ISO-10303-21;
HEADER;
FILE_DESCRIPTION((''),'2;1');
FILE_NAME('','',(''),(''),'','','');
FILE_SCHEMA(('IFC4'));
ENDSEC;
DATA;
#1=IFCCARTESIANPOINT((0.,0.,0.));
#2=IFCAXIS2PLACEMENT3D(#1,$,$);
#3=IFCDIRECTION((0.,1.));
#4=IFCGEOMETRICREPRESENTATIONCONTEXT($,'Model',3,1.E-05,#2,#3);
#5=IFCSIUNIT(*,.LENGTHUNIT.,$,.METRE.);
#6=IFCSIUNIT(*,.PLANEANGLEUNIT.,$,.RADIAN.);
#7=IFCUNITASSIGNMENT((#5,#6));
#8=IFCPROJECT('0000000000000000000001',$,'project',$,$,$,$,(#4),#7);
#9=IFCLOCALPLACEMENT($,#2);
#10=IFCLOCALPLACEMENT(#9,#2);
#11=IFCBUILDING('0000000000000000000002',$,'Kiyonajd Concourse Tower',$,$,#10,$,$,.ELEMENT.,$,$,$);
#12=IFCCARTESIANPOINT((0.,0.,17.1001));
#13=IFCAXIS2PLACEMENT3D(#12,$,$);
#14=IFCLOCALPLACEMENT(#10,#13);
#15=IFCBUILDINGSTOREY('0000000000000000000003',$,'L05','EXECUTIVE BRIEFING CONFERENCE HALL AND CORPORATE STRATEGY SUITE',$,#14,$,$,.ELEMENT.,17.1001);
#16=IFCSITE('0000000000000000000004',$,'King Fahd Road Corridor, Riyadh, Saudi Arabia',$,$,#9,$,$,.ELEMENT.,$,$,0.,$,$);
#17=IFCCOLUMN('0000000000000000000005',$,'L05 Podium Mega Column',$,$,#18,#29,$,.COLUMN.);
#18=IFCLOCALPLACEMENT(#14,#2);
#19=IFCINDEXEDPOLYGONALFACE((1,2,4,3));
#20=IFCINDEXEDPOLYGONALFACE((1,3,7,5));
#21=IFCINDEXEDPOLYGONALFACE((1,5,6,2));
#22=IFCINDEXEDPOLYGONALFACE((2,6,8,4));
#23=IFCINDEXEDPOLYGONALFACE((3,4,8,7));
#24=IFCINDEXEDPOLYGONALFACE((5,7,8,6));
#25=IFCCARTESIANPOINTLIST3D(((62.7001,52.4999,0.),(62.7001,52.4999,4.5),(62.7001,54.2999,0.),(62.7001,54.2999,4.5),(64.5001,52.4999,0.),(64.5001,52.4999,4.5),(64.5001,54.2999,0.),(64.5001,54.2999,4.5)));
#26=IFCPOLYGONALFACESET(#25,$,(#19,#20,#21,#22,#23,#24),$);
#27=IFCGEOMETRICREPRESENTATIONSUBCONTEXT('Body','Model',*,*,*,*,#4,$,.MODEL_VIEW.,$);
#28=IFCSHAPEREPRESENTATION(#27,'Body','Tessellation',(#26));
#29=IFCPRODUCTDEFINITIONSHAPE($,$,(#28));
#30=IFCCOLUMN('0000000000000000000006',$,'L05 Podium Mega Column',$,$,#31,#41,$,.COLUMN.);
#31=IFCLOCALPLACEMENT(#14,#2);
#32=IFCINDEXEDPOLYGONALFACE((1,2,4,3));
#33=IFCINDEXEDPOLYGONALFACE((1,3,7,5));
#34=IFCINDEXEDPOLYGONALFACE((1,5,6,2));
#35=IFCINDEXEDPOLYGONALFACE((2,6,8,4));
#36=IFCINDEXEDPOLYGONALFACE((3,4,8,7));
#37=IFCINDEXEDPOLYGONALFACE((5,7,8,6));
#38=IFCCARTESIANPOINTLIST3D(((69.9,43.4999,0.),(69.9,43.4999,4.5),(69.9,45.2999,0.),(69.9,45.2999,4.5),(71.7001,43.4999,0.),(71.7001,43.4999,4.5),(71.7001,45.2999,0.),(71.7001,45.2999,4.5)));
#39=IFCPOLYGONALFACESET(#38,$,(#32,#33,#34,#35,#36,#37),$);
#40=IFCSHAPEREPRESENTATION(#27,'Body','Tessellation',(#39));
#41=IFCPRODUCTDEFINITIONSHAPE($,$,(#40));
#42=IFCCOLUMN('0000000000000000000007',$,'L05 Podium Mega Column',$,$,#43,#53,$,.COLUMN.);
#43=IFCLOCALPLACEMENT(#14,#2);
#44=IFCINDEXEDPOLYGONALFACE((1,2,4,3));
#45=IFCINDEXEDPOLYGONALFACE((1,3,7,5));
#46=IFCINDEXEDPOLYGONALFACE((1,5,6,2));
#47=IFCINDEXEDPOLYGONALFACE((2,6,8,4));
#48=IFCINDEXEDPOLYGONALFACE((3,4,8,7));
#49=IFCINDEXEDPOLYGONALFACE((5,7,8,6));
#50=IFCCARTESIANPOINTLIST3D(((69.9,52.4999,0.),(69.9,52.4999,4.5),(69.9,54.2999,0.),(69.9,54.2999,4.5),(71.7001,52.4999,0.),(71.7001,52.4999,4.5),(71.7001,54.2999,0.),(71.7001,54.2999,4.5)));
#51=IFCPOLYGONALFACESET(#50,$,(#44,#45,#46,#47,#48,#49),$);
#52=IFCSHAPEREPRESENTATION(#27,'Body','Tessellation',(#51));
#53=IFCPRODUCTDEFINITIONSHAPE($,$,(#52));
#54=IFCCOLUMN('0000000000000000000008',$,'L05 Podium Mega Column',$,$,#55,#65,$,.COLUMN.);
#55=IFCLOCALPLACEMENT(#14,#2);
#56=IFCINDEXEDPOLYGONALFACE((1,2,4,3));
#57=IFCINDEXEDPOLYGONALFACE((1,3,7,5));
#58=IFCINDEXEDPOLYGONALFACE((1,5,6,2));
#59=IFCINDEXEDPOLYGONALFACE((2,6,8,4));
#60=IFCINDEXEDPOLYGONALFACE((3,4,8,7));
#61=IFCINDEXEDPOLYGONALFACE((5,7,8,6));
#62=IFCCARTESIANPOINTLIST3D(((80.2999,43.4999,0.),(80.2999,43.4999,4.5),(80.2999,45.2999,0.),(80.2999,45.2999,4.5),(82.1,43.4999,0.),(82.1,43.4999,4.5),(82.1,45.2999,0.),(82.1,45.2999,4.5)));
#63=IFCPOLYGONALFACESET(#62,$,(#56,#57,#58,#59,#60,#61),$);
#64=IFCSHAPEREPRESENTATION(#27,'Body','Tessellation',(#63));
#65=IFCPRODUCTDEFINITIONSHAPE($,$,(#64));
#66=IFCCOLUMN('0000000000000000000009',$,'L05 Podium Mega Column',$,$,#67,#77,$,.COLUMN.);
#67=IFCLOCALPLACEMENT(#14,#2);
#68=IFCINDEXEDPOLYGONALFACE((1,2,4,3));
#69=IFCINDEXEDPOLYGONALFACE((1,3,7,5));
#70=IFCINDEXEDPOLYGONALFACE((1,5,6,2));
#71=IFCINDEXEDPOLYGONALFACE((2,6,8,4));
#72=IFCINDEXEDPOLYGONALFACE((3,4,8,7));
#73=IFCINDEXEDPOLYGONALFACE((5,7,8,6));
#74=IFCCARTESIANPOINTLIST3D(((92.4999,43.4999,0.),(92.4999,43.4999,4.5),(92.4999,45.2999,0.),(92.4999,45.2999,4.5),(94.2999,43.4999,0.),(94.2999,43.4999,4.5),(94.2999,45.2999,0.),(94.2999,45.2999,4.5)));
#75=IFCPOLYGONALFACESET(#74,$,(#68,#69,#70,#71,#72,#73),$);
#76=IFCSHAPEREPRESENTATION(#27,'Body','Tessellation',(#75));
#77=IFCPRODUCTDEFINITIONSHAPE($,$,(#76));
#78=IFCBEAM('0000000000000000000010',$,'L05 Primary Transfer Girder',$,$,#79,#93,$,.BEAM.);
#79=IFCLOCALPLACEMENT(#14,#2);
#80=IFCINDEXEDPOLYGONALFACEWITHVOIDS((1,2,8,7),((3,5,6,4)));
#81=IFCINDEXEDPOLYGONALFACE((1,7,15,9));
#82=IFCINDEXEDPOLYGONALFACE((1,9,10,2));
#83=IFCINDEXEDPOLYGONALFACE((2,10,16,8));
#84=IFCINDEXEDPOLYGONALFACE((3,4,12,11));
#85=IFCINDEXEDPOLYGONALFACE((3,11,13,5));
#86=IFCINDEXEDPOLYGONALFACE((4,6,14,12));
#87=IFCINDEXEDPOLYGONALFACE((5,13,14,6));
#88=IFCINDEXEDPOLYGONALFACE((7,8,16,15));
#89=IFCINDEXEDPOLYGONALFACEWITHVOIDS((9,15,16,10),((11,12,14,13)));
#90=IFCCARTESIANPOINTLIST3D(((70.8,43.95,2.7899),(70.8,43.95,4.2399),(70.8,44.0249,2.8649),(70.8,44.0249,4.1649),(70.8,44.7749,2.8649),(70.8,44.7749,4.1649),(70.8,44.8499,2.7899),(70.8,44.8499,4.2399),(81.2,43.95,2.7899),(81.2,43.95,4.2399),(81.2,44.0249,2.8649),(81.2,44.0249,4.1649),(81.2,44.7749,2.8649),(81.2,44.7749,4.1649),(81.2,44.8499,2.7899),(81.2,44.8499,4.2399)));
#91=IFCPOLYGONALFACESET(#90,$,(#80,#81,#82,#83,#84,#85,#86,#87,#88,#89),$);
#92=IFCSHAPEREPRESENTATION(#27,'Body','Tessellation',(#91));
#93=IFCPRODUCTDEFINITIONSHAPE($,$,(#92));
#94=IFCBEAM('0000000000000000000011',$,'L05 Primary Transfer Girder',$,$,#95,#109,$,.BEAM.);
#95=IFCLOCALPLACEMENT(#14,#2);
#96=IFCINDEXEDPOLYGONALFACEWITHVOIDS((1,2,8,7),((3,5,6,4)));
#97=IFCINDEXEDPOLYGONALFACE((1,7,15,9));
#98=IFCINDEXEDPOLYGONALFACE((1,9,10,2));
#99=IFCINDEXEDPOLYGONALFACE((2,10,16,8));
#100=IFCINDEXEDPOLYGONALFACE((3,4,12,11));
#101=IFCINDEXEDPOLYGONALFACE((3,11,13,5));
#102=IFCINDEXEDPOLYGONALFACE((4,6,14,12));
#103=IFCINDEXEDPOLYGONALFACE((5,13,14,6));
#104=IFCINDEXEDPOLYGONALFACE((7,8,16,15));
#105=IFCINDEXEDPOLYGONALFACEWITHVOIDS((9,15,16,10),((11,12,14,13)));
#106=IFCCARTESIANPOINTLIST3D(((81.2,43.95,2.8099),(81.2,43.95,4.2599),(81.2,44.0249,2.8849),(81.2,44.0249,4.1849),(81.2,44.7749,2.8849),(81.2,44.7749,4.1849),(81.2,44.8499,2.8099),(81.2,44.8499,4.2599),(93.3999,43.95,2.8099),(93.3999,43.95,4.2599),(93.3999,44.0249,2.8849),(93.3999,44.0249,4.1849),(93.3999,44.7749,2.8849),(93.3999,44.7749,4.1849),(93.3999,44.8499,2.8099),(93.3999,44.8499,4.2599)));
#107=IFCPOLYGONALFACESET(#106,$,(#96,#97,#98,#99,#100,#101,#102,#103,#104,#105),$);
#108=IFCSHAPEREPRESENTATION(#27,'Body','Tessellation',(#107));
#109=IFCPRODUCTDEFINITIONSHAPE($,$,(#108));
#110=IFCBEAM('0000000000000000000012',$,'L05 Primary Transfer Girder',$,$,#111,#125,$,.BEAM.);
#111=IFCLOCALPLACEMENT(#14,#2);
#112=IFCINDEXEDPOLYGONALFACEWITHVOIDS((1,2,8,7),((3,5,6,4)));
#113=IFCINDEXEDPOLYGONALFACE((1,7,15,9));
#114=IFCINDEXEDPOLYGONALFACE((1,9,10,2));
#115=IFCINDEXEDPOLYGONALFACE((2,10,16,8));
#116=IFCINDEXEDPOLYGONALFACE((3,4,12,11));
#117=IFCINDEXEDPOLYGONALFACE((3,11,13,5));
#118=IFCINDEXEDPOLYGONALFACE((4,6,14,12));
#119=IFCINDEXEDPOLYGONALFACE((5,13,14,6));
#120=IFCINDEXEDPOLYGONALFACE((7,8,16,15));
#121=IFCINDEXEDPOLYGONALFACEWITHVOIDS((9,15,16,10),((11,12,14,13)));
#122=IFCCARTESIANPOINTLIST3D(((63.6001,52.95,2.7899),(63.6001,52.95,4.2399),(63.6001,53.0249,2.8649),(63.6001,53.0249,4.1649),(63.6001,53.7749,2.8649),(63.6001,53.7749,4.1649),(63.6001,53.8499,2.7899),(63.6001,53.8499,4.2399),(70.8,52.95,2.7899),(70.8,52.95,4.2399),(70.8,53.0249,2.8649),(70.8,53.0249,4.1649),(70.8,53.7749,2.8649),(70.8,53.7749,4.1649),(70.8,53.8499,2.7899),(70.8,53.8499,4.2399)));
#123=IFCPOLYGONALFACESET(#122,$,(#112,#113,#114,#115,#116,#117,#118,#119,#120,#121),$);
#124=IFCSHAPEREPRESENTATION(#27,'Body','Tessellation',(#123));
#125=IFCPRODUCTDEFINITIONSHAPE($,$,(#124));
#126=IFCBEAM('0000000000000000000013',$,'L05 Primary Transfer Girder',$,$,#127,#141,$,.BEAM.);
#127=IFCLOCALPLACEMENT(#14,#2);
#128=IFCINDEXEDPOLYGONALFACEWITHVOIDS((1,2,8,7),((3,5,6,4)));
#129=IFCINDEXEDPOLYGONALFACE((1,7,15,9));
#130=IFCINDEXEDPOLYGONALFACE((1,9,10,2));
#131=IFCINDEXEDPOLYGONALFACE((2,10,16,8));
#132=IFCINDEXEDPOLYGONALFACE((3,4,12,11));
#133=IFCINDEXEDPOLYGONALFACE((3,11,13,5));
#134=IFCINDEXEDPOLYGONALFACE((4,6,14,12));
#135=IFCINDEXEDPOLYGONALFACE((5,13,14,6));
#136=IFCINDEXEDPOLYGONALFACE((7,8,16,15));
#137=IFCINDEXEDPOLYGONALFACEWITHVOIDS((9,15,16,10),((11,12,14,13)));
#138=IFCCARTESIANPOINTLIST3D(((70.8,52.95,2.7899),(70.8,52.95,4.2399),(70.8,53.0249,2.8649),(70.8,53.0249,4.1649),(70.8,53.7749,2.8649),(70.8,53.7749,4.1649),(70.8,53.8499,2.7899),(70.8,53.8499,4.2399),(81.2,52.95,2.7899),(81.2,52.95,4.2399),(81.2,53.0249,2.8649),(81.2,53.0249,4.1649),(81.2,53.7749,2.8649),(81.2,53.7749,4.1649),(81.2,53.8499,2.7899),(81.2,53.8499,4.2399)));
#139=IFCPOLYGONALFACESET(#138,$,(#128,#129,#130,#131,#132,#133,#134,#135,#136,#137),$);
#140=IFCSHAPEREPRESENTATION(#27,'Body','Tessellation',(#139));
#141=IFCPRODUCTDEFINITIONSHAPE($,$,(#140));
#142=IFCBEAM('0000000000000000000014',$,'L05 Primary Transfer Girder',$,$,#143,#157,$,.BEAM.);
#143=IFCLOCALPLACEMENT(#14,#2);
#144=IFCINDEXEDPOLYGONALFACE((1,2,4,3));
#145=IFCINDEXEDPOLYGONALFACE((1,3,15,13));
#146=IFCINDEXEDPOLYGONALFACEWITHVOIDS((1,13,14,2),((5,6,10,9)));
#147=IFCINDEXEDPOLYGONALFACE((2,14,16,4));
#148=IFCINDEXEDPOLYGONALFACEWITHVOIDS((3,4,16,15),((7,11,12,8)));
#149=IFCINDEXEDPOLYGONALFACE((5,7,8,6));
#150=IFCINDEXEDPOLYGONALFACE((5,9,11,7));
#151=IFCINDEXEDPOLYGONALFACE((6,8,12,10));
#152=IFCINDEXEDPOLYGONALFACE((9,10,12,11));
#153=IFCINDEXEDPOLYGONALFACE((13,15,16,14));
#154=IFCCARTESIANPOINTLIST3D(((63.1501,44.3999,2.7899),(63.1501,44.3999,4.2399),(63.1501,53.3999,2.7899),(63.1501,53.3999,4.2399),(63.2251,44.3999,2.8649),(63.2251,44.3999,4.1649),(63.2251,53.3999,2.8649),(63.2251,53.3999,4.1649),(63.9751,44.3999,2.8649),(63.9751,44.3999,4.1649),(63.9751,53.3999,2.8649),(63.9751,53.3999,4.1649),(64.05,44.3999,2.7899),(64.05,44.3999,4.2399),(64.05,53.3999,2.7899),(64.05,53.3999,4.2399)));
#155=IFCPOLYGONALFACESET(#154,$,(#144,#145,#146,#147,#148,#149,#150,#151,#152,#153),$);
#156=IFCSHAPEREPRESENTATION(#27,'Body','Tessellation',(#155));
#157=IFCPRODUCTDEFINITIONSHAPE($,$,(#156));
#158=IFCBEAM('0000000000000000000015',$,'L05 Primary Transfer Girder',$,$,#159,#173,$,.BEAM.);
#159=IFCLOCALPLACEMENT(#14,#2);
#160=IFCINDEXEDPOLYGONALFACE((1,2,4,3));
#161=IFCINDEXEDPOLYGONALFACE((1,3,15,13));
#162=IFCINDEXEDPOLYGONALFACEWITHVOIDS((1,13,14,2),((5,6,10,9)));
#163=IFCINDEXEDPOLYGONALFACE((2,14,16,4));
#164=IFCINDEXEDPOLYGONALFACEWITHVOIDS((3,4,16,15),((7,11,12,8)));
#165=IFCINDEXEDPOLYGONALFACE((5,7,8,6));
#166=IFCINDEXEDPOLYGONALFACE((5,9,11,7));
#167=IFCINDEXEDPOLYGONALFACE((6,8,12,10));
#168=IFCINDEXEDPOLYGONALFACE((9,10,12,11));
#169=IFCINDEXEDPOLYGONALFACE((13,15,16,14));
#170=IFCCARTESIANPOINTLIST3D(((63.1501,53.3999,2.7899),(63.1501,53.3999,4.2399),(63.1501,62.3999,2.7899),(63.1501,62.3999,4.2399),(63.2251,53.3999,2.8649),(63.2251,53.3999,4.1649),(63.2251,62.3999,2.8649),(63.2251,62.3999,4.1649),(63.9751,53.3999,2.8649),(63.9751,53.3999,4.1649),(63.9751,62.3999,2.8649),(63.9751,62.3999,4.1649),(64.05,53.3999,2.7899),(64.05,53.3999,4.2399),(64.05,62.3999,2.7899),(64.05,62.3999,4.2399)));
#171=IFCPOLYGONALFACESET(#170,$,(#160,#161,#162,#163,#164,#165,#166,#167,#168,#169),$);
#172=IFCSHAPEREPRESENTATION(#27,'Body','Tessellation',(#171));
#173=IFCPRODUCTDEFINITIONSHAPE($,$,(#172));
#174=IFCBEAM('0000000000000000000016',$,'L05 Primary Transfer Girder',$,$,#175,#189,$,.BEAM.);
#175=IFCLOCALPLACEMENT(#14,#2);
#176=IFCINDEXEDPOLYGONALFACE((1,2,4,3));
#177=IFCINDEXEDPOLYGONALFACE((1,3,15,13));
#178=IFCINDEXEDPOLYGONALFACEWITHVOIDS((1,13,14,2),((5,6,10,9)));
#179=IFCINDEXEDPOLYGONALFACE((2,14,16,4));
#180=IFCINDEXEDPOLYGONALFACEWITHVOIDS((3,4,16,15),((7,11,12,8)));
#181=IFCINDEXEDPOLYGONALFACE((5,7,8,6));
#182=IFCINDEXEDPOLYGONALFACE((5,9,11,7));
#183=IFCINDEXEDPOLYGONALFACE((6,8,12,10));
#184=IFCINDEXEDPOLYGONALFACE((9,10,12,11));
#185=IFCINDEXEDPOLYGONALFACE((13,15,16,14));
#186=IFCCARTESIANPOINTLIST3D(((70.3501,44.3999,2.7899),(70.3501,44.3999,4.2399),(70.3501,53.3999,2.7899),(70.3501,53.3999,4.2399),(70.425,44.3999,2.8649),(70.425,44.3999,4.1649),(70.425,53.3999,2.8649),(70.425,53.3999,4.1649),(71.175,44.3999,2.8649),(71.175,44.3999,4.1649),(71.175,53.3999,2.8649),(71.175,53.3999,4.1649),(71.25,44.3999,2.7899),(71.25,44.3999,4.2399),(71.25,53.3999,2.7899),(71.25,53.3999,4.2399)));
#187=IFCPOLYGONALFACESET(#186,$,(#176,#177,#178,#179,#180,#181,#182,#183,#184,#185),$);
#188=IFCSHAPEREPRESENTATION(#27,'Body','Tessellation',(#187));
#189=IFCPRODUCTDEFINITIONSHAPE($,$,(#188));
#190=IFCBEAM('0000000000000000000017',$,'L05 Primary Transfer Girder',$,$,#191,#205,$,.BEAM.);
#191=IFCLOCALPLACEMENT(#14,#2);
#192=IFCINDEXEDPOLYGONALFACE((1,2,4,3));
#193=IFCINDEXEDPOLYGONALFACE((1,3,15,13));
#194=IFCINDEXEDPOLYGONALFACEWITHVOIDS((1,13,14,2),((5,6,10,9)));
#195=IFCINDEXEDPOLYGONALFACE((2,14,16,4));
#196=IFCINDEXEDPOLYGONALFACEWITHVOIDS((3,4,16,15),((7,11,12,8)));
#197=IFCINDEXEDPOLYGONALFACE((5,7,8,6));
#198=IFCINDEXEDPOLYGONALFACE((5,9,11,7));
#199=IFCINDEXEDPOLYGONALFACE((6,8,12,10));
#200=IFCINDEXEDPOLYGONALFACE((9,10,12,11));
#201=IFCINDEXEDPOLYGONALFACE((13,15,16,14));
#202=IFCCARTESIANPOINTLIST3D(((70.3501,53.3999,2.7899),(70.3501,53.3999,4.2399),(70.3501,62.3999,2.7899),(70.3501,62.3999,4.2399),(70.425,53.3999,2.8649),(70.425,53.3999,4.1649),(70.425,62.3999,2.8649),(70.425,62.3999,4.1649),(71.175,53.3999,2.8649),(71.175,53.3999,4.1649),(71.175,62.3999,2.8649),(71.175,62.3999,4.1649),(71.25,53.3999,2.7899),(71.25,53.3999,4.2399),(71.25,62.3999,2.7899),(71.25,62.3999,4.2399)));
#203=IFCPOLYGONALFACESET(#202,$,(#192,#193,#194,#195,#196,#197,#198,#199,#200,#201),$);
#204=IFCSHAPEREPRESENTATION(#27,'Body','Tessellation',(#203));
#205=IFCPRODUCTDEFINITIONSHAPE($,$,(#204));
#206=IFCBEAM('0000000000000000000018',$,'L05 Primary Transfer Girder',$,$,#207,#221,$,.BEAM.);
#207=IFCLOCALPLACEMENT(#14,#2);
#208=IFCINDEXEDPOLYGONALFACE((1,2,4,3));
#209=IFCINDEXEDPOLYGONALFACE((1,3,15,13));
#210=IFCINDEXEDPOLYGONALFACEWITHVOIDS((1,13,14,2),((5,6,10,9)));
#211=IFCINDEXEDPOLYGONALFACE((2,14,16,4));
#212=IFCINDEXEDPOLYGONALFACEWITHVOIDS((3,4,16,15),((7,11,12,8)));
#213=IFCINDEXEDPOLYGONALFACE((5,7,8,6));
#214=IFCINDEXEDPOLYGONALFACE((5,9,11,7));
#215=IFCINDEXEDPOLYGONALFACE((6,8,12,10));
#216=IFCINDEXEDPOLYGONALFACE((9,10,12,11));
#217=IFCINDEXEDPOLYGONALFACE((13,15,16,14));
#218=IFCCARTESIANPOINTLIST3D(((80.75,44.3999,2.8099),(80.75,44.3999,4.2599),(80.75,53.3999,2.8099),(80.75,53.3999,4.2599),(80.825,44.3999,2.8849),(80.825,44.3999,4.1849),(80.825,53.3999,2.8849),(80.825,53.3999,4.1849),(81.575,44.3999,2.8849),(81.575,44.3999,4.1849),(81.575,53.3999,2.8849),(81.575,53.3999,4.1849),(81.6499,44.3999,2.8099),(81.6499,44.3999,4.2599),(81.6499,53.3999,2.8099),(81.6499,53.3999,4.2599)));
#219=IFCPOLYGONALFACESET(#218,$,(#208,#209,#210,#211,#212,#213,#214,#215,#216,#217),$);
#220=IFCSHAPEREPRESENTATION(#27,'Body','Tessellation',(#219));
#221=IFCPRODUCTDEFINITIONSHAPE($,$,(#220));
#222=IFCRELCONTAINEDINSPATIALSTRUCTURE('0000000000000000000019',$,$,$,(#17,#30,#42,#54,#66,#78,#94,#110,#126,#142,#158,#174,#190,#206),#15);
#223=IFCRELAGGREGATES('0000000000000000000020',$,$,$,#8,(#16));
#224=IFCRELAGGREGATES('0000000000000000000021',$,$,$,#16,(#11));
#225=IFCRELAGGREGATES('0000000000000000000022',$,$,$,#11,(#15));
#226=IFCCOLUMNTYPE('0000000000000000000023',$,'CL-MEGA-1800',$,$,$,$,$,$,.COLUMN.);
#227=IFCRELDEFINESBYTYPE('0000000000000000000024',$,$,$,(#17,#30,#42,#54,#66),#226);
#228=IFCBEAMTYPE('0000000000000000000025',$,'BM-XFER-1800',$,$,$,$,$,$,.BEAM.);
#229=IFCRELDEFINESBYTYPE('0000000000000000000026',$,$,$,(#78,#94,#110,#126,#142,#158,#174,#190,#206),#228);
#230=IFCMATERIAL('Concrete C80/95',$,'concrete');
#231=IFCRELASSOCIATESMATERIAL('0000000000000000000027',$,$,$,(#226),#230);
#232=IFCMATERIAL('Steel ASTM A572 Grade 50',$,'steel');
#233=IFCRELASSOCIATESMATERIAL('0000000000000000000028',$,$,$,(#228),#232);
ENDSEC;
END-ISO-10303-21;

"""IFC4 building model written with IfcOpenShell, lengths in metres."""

from ifc_helpers import new_model, si_unit, direction, frame, origin, origin_2d, place, context, subcontext, project, spatial, rectangle, hollow_rectangle, extrude, material, material_profile, profile_set, type_object, element, save


model = new_model("IFC4")

# Units and contexts
model_context = context("Model", 3, precision=1e-05, world=origin(), true_north=direction((0.0, 1.0)))
body_context = subcontext(model_context, "Body", "Model", "MODEL_VIEW")
ifc_project = project(units=[si_unit("LENGTHUNIT", "METRE"), si_unit("PLANEANGLEUNIT", "RADIAN")], contexts=[model_context])

# Site, building, storey
site_placement = place(None, origin())
site = spatial("IfcSite", under=ifc_project, at=site_placement, Name="King Fahd Road Corridor, Riyadh, Saudi Arabia", CompositionType="ELEMENT", RefElevation=0.0)
building_placement = place(site_placement, origin())
building = spatial("IfcBuilding", under=site, at=building_placement, Name="Kiyonajd Concourse Tower", CompositionType="ELEMENT")
storey_placement = place(building_placement, frame((0.0, 0.0, 17.1001)))
storey = spatial("IfcBuildingStorey", under=building, at=storey_placement, Name="L05", Description="EXECUTIVE BRIEFING CONFERENCE HALL AND CORPORATE STRATEGY SUITE", CompositionType="ELEMENT", Elevation=17.1001)

# Columns
ifc_material_1 = material(Name="Concrete C80/95", Category="concrete")
ifc_material_profile_1 = material_profile(ifc_material_1, rectangle(XDim=1.8, YDim=1.8, at=origin_2d()), Name="RC-1800x1800")
ifc_profile_set_1 = profile_set([ifc_material_profile_1], Name="Concrete C80/95")
column_type = type_object("IfcColumnType", Name="CL-MEGA-1800", PredefinedType="COLUMN", material=ifc_profile_set_1)
for number, where, z_axis, x_axis, name in (
    (1, (63.6001, 53.3999, 0.0), (0.0, 0.0, 1.0), (1.0, 0.0, 0.0), "L05 Podium Mega Column"),
    (2, (70.8, 44.3999, 0.0), (0.0, 0.0, 1.0), (1.0, 0.0, 0.0), "L05 Podium Mega Column"),
    (3, (70.8, 53.3999, 0.0), (0.0, 0.0, 1.0), (1.0, 0.0, 0.0), "L05 Podium Mega Column"),
    (4, (81.2, 44.3999, 0.0), (0.0, 0.0, 1.0), (1.0, 0.0, 0.0), "L05 Podium Mega Column"),
    (5, (93.3999, 44.3999, 0.0), (0.0, 0.0, 1.0), (1.0, 0.0, 0.0), "L05 Podium Mega Column"),
):
    element("IfcColumn", number, at=place(storey_placement, frame(where, z_axis=z_axis, x_axis=x_axis)), inside=storey, type_object=column_type, Name=name, PredefinedType="COLUMN", context=body_context, shape_type="SweptSolid", body=[
        extrude(rectangle(XDim=1.8, YDim=1.8, at=origin_2d()), origin(), (0.0, 0.0, 1.0), 4.5),
    ])

# Beams
ifc_material_2 = material(Name="Steel ASTM A572 Grade 50", Category="steel")
ifc_material_profile_2 = material_profile(ifc_material_2, hollow_rectangle(XDim=0.8999, YDim=1.45, WallThickness=0.075, at=origin_2d()), Name="BOX-1450x900x75")
ifc_profile_set_2 = profile_set([ifc_material_profile_2], Name="Steel ASTM A572 Grade 50")
beam_type = type_object("IfcBeamType", Name="BM-XFER-1800", PredefinedType="BEAM", material=ifc_profile_set_2)
beam_1_placement = place(storey_placement, frame((70.8, 44.3999, 3.5149), z_axis=(1.0, 0.0, 0.0), x_axis=(0.0, 1.0, 0.0)))
element("IfcBeam", 6, at=beam_1_placement, inside=storey, type_object=beam_type, Name="L05 Primary Transfer Girder", PredefinedType="BEAM", context=body_context, shape_type="SweptSolid", body=[
    extrude(hollow_rectangle(XDim=0.8999, YDim=1.45, WallThickness=0.075, at=origin_2d()), origin(), (0.0, 0.0, 1.0), 10.3999),
])
beam_2_placement = place(storey_placement, frame((81.2, 44.3999, 3.5349), z_axis=(1.0, 0.0, 0.0), x_axis=(0.0, 1.0, 0.0)))
element("IfcBeam", 7, at=beam_2_placement, inside=storey, type_object=beam_type, Name="L05 Primary Transfer Girder", PredefinedType="BEAM", context=body_context, shape_type="SweptSolid", body=[
    extrude(hollow_rectangle(XDim=0.8999, YDim=1.45, WallThickness=0.075, at=origin_2d()), origin(), (0.0, 0.0, 1.0), 12.2),
])
beam_3_placement = place(storey_placement, frame((63.6001, 53.3999, 3.5149), z_axis=(1.0, 0.0, 0.0), x_axis=(0.0, 1.0, 0.0)))
element("IfcBeam", 8, at=beam_3_placement, inside=storey, type_object=beam_type, Name="L05 Primary Transfer Girder", PredefinedType="BEAM", context=body_context, shape_type="SweptSolid", body=[
    extrude(hollow_rectangle(XDim=0.8999, YDim=1.45, WallThickness=0.075, at=origin_2d()), origin(), (0.0, 0.0, 1.0), 7.2),
])
beam_4_placement = place(storey_placement, frame((70.8, 53.3999, 3.5149), z_axis=(1.0, 0.0, 0.0), x_axis=(0.0, 1.0, 0.0)))
element("IfcBeam", 9, at=beam_4_placement, inside=storey, type_object=beam_type, Name="L05 Primary Transfer Girder", PredefinedType="BEAM", context=body_context, shape_type="SweptSolid", body=[
    extrude(hollow_rectangle(XDim=0.8999, YDim=1.45, WallThickness=0.075, at=origin_2d()), origin(), (0.0, 0.0, 1.0), 10.3999),
])
for number, where, z_axis, x_axis, name in (
    (10, (63.6001, 44.3999, 3.5149), (0.0, 1.0, 0.0), (-1.0, 0.0, 0.0), "L05 Primary Transfer Girder"),
    (11, (63.6001, 53.3999, 3.5149), (0.0, 1.0, 0.0), (-1.0, 0.0, 0.0), "L05 Primary Transfer Girder"),
    (12, (70.8, 44.3999, 3.5149), (0.0, 1.0, 0.0), (-1.0, 0.0, 0.0), "L05 Primary Transfer Girder"),
    (13, (70.8, 53.3999, 3.5149), (0.0, 1.0, 0.0), (-1.0, 0.0, 0.0), "L05 Primary Transfer Girder"),
    (14, (81.2, 44.3999, 3.5349), (0.0, 1.0, 0.0), (-1.0, 0.0, 0.0), "L05 Primary Transfer Girder"),
):
    element("IfcBeam", number, at=place(storey_placement, frame(where, z_axis=z_axis, x_axis=x_axis)), inside=storey, type_object=beam_type, Name=name, PredefinedType="BEAM", context=body_context, shape_type="SweptSolid", body=[
        extrude(hollow_rectangle(XDim=0.8999, YDim=1.45, WallThickness=0.075, at=origin_2d()), origin(), (0.0, 0.0, 1.0), 9.0),
    ])

save(model, "model.ifc")
